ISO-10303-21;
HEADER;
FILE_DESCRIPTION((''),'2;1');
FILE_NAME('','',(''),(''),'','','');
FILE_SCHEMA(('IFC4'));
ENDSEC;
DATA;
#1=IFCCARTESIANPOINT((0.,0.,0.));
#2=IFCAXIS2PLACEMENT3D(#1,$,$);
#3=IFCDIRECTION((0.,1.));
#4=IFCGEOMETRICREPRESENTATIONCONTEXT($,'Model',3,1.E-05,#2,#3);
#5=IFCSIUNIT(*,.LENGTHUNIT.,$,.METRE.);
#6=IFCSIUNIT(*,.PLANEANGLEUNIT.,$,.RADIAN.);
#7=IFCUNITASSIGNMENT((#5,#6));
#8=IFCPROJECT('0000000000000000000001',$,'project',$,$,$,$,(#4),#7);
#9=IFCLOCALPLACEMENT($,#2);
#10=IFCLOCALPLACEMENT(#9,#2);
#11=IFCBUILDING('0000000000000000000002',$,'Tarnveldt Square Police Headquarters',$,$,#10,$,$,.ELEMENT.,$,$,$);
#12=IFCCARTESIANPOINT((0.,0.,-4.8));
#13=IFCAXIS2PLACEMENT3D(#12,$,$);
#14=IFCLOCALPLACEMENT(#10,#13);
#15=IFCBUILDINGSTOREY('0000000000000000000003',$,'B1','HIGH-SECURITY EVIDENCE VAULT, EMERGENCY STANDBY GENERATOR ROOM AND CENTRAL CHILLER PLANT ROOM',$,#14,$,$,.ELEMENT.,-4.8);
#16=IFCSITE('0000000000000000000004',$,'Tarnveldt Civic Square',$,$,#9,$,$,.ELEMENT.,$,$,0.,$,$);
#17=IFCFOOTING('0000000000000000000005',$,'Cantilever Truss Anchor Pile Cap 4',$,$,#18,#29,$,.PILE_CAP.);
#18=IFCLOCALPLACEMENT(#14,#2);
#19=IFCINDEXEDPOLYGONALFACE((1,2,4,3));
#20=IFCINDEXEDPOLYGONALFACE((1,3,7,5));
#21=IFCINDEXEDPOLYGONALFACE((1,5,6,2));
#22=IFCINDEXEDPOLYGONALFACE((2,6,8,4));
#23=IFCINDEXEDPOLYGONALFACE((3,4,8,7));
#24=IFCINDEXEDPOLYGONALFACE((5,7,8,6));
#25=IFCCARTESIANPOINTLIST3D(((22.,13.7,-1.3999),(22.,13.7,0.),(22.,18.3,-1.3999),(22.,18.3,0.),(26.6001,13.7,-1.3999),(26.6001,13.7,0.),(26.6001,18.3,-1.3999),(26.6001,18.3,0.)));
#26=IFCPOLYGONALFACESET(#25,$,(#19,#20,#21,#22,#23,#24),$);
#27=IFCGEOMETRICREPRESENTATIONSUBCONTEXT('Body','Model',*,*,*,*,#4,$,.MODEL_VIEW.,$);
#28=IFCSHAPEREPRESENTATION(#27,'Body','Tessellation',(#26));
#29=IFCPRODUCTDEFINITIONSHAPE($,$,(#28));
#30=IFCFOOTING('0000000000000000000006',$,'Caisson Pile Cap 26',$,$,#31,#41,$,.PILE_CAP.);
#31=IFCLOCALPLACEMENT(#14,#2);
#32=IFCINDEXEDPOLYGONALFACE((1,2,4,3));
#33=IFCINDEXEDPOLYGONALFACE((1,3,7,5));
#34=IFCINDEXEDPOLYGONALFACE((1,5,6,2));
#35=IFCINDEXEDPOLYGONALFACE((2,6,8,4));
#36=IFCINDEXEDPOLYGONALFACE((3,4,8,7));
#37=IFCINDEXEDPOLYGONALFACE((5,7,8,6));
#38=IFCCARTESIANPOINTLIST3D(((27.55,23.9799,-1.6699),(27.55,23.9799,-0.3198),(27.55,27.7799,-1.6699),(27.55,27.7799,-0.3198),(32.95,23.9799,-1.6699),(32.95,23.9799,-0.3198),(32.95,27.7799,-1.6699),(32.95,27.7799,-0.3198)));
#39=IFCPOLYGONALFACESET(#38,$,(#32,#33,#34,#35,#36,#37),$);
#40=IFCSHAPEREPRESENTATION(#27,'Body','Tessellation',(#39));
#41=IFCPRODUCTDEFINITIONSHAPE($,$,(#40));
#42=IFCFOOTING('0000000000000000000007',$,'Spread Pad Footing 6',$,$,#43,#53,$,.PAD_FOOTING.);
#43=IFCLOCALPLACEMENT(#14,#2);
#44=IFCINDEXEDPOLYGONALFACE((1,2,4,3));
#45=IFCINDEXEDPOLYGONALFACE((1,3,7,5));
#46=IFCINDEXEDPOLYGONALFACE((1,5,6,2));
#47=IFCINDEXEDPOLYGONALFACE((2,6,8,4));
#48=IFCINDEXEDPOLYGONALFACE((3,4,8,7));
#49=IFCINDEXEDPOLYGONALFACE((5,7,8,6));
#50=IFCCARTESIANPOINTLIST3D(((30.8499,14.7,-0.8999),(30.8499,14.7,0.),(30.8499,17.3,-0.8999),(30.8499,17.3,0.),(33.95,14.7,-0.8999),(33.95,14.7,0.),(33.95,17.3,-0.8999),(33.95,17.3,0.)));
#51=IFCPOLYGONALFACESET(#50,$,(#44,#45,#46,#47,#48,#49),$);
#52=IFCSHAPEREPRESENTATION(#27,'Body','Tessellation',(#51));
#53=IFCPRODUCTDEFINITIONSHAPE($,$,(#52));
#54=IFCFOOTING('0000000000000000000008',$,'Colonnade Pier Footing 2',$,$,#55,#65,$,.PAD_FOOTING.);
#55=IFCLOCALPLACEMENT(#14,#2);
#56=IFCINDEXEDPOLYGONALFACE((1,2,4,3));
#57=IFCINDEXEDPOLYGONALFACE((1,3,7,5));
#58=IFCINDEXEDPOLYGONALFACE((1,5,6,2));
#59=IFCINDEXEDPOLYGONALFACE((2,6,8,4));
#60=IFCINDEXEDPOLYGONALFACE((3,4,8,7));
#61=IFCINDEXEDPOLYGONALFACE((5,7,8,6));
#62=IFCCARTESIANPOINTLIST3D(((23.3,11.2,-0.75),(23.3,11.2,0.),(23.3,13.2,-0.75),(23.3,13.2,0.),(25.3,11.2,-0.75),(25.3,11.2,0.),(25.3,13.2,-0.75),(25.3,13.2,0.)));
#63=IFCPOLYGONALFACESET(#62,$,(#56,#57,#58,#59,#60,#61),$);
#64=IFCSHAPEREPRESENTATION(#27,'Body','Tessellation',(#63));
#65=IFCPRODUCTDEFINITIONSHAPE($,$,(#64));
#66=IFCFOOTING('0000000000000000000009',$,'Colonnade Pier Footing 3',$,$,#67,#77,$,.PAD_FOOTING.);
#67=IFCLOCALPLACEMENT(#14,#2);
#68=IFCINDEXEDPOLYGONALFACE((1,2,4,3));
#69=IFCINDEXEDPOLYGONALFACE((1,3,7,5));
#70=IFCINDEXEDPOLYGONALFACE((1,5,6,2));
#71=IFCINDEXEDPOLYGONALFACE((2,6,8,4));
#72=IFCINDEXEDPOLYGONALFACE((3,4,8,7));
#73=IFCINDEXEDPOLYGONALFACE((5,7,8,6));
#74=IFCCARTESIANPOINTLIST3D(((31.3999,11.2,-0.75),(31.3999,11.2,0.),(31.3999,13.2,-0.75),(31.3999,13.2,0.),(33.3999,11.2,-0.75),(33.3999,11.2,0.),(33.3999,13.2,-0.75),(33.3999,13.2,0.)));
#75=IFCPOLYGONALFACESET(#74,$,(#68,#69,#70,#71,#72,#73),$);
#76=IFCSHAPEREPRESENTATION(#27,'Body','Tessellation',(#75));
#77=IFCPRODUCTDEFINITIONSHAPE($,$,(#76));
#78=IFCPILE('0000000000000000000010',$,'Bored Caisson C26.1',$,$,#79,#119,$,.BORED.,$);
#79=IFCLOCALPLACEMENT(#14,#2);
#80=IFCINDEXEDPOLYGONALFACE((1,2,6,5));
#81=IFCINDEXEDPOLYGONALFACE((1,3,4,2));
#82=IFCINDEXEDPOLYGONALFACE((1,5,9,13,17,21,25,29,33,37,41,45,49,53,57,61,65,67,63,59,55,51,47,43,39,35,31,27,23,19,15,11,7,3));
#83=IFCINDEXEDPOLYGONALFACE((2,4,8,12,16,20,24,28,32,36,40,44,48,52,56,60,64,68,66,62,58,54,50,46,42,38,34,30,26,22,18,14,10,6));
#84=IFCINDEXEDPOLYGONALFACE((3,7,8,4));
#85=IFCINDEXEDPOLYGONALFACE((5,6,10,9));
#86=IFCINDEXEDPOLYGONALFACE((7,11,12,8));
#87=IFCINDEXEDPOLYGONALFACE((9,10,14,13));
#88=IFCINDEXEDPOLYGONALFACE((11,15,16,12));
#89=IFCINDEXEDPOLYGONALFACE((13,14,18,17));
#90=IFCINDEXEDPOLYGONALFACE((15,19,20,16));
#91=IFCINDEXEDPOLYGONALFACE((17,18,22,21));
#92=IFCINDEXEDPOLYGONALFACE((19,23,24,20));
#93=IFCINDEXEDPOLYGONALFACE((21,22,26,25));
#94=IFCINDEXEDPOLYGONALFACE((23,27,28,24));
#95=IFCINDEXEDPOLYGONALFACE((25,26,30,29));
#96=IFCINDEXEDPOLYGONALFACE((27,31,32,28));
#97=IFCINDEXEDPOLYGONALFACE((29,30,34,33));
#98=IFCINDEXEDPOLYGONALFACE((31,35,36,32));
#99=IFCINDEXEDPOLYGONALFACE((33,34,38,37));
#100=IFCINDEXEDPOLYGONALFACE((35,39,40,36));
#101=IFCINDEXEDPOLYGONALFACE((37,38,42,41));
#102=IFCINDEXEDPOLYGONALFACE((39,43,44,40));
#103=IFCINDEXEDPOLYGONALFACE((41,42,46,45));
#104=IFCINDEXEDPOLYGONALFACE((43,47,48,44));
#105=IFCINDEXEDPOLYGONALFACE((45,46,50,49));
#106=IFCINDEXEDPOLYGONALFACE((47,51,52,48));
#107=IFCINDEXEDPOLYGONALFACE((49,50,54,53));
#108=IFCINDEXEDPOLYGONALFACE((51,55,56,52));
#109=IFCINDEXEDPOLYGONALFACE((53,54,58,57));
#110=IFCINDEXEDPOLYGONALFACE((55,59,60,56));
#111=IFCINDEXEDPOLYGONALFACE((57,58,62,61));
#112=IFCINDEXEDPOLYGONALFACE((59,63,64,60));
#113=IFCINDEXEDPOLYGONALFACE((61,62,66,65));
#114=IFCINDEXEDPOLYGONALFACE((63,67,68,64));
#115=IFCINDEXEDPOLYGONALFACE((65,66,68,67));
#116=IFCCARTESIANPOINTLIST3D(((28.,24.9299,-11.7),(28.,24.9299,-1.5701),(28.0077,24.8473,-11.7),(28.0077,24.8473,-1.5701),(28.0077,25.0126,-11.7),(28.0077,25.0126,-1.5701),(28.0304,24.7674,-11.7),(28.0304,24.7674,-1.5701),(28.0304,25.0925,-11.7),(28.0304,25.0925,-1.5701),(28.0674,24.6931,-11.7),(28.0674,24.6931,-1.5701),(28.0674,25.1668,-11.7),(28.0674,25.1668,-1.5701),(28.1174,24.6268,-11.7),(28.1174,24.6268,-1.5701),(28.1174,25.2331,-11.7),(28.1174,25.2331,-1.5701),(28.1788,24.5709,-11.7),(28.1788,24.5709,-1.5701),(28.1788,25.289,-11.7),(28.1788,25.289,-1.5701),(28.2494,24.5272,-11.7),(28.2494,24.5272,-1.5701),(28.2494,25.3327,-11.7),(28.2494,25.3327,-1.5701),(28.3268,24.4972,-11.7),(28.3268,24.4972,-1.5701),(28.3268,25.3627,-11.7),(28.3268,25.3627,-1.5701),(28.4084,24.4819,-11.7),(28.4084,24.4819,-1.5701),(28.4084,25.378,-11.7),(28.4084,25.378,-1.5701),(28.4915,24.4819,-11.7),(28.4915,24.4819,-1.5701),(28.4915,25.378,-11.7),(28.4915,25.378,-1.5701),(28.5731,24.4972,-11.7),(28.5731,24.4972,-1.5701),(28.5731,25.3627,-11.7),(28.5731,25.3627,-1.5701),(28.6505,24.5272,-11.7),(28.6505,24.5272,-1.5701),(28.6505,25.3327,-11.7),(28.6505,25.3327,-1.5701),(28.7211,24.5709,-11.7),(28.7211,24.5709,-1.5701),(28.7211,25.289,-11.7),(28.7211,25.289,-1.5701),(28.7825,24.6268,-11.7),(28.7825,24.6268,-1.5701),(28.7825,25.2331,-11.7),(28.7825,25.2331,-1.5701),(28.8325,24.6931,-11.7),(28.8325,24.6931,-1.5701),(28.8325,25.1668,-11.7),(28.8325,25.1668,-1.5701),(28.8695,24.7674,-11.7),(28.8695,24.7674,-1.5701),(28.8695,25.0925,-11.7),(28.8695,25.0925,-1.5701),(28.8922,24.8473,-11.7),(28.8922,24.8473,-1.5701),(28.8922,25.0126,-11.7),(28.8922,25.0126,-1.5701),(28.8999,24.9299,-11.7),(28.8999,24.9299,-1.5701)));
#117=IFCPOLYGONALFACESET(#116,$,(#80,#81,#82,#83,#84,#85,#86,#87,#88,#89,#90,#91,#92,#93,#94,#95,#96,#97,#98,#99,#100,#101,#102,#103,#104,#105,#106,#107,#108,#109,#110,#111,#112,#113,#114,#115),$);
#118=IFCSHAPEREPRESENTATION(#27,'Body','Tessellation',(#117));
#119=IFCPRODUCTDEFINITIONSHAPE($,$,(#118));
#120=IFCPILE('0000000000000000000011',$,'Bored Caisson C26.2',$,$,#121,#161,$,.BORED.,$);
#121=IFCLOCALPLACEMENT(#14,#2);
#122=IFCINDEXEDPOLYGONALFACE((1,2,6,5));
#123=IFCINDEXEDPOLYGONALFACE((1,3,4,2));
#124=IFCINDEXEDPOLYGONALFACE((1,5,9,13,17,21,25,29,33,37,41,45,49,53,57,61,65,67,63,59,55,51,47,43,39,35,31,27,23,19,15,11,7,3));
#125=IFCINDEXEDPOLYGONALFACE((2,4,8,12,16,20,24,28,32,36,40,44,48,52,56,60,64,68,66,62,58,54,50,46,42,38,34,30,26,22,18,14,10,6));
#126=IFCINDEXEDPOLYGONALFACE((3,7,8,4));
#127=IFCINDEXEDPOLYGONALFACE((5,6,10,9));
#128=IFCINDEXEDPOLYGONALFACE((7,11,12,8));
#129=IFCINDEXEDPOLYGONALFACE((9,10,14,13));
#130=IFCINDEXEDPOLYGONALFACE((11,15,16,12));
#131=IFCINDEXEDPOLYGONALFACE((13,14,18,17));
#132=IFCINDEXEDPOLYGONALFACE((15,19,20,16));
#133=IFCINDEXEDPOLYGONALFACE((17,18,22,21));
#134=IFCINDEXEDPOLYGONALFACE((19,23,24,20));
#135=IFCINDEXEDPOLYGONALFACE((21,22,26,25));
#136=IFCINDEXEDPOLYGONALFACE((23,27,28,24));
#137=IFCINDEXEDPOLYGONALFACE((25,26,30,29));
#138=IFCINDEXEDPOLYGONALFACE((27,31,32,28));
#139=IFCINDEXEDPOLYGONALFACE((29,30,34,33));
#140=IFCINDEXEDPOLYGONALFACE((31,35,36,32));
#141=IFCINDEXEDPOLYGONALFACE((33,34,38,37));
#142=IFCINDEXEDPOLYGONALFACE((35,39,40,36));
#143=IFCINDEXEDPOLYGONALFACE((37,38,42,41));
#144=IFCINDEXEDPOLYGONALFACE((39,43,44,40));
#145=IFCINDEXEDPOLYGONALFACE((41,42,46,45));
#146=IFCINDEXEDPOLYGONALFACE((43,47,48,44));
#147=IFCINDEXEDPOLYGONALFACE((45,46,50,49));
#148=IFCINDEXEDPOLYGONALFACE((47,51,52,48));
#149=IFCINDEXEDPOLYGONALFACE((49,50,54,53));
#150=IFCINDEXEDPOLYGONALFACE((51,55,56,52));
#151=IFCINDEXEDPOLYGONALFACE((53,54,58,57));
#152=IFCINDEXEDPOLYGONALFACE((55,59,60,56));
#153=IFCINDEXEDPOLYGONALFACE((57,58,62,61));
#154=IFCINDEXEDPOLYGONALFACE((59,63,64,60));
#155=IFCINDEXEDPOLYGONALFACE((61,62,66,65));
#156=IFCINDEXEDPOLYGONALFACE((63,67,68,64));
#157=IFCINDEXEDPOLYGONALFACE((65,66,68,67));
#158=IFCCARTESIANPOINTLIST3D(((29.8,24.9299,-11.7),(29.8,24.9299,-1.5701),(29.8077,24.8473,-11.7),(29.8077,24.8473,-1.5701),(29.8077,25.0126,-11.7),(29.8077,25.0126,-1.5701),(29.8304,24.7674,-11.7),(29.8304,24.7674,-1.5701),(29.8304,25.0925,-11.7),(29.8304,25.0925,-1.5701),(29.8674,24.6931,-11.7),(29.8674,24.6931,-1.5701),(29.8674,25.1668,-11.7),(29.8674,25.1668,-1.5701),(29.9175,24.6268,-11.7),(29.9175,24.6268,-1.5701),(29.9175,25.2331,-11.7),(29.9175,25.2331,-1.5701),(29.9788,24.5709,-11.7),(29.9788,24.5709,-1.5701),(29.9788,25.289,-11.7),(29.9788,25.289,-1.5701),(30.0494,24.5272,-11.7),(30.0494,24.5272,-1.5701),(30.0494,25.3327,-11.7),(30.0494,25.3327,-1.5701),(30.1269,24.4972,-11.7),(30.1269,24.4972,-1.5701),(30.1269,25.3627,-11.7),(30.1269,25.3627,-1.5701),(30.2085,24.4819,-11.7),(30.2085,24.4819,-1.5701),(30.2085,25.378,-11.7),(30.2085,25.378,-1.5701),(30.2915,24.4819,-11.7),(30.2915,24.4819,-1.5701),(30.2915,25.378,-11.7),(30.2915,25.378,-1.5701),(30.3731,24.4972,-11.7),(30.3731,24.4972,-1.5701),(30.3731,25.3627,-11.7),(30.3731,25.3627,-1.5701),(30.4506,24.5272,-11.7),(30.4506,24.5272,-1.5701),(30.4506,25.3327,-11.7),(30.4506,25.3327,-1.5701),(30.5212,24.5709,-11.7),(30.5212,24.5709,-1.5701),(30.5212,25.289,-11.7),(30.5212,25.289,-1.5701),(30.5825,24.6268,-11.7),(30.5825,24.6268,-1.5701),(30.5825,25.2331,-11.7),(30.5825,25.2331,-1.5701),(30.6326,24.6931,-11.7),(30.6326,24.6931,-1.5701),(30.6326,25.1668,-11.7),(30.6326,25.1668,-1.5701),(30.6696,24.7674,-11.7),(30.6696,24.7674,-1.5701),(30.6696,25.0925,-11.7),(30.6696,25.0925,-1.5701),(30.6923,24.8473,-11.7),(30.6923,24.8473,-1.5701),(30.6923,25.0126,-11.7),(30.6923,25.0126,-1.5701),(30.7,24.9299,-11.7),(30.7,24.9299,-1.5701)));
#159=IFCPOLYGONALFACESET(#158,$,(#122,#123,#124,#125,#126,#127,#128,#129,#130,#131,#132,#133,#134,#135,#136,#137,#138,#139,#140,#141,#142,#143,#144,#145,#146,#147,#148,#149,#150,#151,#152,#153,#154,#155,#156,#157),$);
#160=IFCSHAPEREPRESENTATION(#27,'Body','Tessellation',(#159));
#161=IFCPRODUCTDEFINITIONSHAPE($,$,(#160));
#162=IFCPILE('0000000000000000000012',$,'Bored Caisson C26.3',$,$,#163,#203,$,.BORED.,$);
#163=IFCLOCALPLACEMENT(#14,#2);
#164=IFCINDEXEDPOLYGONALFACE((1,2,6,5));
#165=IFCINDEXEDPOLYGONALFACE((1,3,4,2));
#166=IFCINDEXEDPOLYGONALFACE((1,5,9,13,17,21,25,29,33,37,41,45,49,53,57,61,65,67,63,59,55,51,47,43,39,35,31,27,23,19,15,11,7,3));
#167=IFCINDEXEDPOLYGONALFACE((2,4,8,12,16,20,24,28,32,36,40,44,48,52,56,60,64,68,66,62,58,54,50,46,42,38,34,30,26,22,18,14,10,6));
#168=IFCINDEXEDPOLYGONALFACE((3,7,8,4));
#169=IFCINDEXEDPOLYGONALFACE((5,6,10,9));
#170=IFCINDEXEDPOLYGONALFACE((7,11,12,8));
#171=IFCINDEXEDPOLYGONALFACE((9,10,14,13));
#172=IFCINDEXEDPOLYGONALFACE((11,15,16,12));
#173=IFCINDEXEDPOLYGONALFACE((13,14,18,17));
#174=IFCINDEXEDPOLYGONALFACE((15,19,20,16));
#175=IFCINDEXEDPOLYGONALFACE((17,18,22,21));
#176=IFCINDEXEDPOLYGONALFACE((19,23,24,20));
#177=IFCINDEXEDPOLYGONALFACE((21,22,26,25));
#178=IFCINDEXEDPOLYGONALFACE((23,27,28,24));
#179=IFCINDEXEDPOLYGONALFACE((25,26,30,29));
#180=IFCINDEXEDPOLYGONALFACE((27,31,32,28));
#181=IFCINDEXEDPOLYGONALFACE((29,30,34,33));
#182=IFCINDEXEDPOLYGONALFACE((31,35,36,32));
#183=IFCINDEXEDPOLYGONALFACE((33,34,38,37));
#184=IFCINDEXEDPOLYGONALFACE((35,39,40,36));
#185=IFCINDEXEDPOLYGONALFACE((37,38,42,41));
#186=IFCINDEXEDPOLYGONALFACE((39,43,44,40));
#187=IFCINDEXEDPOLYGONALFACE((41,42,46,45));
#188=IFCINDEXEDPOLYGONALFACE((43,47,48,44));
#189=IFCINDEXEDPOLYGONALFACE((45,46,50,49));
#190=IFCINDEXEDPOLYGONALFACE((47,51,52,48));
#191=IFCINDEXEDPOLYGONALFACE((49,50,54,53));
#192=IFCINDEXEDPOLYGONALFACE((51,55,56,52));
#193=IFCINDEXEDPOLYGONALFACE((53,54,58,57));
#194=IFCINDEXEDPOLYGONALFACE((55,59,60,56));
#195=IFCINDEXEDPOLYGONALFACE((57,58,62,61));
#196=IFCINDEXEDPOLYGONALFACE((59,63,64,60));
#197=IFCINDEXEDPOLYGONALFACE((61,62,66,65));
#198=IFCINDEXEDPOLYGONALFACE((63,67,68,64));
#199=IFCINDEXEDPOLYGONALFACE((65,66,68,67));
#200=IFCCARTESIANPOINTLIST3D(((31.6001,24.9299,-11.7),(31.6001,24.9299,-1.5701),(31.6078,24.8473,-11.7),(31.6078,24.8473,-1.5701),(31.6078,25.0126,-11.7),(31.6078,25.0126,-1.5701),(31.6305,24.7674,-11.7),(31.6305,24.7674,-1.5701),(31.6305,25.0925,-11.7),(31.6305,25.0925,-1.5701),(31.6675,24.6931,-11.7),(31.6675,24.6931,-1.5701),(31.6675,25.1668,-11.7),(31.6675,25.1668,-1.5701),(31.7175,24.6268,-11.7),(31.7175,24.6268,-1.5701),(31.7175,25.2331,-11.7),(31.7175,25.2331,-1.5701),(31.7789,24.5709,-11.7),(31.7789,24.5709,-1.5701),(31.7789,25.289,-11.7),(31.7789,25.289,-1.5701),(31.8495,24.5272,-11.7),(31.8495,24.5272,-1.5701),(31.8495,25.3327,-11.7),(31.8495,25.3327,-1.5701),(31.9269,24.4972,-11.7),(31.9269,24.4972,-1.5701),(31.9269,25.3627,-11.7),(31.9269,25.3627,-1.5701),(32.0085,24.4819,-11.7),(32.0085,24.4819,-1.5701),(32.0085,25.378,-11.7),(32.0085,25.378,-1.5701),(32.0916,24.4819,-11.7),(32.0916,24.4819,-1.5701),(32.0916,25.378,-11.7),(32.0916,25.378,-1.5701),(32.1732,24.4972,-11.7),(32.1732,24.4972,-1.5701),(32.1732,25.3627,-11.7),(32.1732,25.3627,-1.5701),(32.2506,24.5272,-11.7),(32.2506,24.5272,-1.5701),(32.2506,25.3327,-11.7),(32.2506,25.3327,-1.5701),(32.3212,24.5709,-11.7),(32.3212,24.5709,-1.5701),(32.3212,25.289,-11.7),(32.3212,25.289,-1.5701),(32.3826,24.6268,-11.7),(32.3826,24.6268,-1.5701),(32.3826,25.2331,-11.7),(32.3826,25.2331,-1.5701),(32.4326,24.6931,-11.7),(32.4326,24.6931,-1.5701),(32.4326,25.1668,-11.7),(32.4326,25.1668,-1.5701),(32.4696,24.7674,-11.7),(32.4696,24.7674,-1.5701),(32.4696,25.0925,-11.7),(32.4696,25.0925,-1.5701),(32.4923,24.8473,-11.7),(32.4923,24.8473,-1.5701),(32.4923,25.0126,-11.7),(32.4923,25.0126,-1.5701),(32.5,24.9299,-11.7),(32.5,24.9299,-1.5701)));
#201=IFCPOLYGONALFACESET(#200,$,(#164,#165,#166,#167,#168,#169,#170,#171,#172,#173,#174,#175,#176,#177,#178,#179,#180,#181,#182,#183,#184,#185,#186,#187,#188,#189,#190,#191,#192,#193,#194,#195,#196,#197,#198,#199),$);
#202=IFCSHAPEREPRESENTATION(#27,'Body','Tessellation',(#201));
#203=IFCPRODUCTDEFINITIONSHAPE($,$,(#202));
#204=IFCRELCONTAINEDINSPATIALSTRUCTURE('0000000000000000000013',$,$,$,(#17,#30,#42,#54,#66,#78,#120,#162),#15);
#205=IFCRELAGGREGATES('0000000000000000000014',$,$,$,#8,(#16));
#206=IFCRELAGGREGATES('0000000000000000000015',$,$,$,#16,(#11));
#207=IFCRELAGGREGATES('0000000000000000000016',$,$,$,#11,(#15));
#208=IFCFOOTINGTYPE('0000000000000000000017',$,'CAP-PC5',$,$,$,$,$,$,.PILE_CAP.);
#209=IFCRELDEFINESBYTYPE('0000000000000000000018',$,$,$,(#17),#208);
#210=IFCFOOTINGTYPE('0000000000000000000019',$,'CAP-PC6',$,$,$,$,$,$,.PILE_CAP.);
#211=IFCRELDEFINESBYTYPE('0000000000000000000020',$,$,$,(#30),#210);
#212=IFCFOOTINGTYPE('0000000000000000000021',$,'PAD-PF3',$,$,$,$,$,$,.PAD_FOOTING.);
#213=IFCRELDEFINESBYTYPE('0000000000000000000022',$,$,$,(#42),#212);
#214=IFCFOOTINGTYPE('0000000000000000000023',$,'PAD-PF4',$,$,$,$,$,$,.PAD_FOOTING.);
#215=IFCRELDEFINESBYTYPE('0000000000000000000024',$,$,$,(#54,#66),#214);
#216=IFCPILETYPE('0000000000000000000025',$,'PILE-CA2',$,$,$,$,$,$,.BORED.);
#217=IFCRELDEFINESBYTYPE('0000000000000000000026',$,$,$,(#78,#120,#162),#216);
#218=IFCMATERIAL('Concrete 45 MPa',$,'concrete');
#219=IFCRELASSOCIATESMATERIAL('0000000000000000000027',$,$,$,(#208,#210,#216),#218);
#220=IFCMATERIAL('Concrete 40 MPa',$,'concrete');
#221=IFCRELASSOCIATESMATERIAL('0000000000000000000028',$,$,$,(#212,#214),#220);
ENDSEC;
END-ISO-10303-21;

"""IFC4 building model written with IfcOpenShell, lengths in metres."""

from ifc_helpers import new_model, si_unit, direction, frame, origin, origin_2d, place, context, subcontext, project, spatial, rectangle, circle, extrude, material, material_profile, profile_set, type_object, element, save


model = new_model("IFC4")

# Units and contexts
model_context = context("Model", 3, precision=1e-05, world=origin(), true_north=direction((0.0, 1.0)))
body_context = subcontext(model_context, "Body", "Model", "MODEL_VIEW")
ifc_project = project(units=[si_unit("LENGTHUNIT", "METRE"), si_unit("PLANEANGLEUNIT", "RADIAN")], contexts=[model_context])

# Site, building, storey
site_placement = place(None, origin())
site = spatial("IfcSite", under=ifc_project, at=site_placement, Name="Tarnveldt Civic Square", CompositionType="ELEMENT", RefElevation=0.0)
building_placement = place(site_placement, origin())
building = spatial("IfcBuilding", under=site, at=building_placement, Name="Tarnveldt Square Police Headquarters", CompositionType="ELEMENT")
storey_placement = place(building_placement, frame((0.0, 0.0, -4.8)))
storey = spatial("IfcBuildingStorey", under=building, at=storey_placement, Name="B1", Description="HIGH-SECURITY EVIDENCE VAULT, EMERGENCY STANDBY GENERATOR ROOM AND CENTRAL CHILLER PLANT ROOM", CompositionType="ELEMENT", Elevation=-4.8)

# Footings
ifc_material_1 = material(Name="Concrete 45 MPa", Category="concrete")
footing_type_1 = type_object("IfcFootingType", Name="CAP-PC5", PredefinedType="PILE_CAP", material=ifc_material_1)
footing_1_placement = place(storey_placement, frame((24.3, 16.0, -1.3999), z_axis=(0.0, 0.0, 1.0), x_axis=(1.0, 0.0, 0.0)))
element("IfcFooting", 1, at=footing_1_placement, inside=storey, type_object=footing_type_1, Name="Cantilever Truss Anchor Pile Cap 4", PredefinedType="PILE_CAP", context=body_context, shape_type="SweptSolid", body=[
    extrude(rectangle(XDim=4.6001, YDim=4.6001, at=origin_2d()), origin(), (0.0, 0.0, 1.0), 1.3999),
])
footing_type_2 = type_object("IfcFootingType", Name="CAP-PC6", PredefinedType="PILE_CAP", material=ifc_material_1)
footing_2_placement = place(storey_placement, frame((30.25, 25.8799, -1.6699), z_axis=(0.0, 0.0, 1.0), x_axis=(1.0, 0.0, 0.0)))
element("IfcFooting", 2, at=footing_2_placement, inside=storey, type_object=footing_type_2, Name="Caisson Pile Cap 26", PredefinedType="PILE_CAP", context=body_context, shape_type="SweptSolid", body=[
    extrude(rectangle(XDim=5.3999, YDim=3.8, at=origin_2d()), origin(), (0.0, 0.0, 1.0), 1.3501),
])
ifc_material_2 = material(Name="Concrete 40 MPa", Category="concrete")
footing_type_3 = type_object("IfcFootingType", Name="PAD-PF3", PredefinedType="PAD_FOOTING", material=ifc_material_2)
footing_3_placement = place(storey_placement, frame((32.3999, 16.0, -0.8999), z_axis=(0.0, 0.0, 1.0), x_axis=(1.0, 0.0, 0.0)))
element("IfcFooting", 3, at=footing_3_placement, inside=storey, type_object=footing_type_3, Name="Spread Pad Footing 6", PredefinedType="PAD_FOOTING", context=body_context, shape_type="SweptSolid", body=[
    extrude(rectangle(XDim=3.1001, YDim=2.6001, at=origin_2d()), origin(), (0.0, 0.0, 1.0), 0.8999),
])
footing_type_4 = type_object("IfcFootingType", Name="PAD-PF4", PredefinedType="PAD_FOOTING", material=ifc_material_2)
for number, where, z_axis, x_axis, name in (
    (4, (24.3, 12.2, -0.75), (0.0, 0.0, 1.0), (1.0, 0.0, 0.0), "Colonnade Pier Footing 2"),
    (5, (32.3999, 12.2, -0.75), (0.0, 0.0, 1.0), (1.0, 0.0, 0.0), "Colonnade Pier Footing 3"),
):
    element("IfcFooting", number, at=place(storey_placement, frame(where, z_axis=z_axis, x_axis=x_axis)), inside=storey, type_object=footing_type_4, Name=name, PredefinedType="PAD_FOOTING", context=body_context, shape_type="SweptSolid", body=[
        extrude(rectangle(XDim=2.0, YDim=2.0, at=origin_2d()), origin(), (0.0, 0.0, 1.0), 0.75),
    ])

# Piles
ifc_material_profile_1 = material_profile(ifc_material_1, circle(Radius=0.45, at=origin_2d()), Name="CAISSON-D900")
ifc_profile_set_1 = profile_set([ifc_material_profile_1], Name="Concrete 45 MPa")
pile_type_1 = type_object("IfcPileType", Name="PILE-CA2", PredefinedType="BORED", material=ifc_profile_set_1)
for number, where, z_axis, x_axis, name in (
    (6, (28.45, 24.9299, -1.5701), (0.0, 0.0, -1.0), (1.0, 0.0, 0.0), "Bored Caisson C26.1"),
    (7, (30.25, 24.9299, -1.5701), (0.0, 0.0, -1.0), (1.0, 0.0, 0.0), "Bored Caisson C26.2"),
    (8, (32.05, 24.9299, -1.5701), (0.0, 0.0, -1.0), (1.0, 0.0, 0.0), "Bored Caisson C26.3"),
):
    element("IfcPile", number, at=place(storey_placement, frame(where, z_axis=z_axis, x_axis=x_axis)), inside=storey, type_object=pile_type_1, Name=name, PredefinedType="BORED", context=body_context, shape_type="SweptSolid", body=[
        extrude(circle(Radius=0.45, at=origin_2d()), origin(), (0.0, 0.0, 1.0), 10.1299),
    ])

save(model, "model.ifc")
